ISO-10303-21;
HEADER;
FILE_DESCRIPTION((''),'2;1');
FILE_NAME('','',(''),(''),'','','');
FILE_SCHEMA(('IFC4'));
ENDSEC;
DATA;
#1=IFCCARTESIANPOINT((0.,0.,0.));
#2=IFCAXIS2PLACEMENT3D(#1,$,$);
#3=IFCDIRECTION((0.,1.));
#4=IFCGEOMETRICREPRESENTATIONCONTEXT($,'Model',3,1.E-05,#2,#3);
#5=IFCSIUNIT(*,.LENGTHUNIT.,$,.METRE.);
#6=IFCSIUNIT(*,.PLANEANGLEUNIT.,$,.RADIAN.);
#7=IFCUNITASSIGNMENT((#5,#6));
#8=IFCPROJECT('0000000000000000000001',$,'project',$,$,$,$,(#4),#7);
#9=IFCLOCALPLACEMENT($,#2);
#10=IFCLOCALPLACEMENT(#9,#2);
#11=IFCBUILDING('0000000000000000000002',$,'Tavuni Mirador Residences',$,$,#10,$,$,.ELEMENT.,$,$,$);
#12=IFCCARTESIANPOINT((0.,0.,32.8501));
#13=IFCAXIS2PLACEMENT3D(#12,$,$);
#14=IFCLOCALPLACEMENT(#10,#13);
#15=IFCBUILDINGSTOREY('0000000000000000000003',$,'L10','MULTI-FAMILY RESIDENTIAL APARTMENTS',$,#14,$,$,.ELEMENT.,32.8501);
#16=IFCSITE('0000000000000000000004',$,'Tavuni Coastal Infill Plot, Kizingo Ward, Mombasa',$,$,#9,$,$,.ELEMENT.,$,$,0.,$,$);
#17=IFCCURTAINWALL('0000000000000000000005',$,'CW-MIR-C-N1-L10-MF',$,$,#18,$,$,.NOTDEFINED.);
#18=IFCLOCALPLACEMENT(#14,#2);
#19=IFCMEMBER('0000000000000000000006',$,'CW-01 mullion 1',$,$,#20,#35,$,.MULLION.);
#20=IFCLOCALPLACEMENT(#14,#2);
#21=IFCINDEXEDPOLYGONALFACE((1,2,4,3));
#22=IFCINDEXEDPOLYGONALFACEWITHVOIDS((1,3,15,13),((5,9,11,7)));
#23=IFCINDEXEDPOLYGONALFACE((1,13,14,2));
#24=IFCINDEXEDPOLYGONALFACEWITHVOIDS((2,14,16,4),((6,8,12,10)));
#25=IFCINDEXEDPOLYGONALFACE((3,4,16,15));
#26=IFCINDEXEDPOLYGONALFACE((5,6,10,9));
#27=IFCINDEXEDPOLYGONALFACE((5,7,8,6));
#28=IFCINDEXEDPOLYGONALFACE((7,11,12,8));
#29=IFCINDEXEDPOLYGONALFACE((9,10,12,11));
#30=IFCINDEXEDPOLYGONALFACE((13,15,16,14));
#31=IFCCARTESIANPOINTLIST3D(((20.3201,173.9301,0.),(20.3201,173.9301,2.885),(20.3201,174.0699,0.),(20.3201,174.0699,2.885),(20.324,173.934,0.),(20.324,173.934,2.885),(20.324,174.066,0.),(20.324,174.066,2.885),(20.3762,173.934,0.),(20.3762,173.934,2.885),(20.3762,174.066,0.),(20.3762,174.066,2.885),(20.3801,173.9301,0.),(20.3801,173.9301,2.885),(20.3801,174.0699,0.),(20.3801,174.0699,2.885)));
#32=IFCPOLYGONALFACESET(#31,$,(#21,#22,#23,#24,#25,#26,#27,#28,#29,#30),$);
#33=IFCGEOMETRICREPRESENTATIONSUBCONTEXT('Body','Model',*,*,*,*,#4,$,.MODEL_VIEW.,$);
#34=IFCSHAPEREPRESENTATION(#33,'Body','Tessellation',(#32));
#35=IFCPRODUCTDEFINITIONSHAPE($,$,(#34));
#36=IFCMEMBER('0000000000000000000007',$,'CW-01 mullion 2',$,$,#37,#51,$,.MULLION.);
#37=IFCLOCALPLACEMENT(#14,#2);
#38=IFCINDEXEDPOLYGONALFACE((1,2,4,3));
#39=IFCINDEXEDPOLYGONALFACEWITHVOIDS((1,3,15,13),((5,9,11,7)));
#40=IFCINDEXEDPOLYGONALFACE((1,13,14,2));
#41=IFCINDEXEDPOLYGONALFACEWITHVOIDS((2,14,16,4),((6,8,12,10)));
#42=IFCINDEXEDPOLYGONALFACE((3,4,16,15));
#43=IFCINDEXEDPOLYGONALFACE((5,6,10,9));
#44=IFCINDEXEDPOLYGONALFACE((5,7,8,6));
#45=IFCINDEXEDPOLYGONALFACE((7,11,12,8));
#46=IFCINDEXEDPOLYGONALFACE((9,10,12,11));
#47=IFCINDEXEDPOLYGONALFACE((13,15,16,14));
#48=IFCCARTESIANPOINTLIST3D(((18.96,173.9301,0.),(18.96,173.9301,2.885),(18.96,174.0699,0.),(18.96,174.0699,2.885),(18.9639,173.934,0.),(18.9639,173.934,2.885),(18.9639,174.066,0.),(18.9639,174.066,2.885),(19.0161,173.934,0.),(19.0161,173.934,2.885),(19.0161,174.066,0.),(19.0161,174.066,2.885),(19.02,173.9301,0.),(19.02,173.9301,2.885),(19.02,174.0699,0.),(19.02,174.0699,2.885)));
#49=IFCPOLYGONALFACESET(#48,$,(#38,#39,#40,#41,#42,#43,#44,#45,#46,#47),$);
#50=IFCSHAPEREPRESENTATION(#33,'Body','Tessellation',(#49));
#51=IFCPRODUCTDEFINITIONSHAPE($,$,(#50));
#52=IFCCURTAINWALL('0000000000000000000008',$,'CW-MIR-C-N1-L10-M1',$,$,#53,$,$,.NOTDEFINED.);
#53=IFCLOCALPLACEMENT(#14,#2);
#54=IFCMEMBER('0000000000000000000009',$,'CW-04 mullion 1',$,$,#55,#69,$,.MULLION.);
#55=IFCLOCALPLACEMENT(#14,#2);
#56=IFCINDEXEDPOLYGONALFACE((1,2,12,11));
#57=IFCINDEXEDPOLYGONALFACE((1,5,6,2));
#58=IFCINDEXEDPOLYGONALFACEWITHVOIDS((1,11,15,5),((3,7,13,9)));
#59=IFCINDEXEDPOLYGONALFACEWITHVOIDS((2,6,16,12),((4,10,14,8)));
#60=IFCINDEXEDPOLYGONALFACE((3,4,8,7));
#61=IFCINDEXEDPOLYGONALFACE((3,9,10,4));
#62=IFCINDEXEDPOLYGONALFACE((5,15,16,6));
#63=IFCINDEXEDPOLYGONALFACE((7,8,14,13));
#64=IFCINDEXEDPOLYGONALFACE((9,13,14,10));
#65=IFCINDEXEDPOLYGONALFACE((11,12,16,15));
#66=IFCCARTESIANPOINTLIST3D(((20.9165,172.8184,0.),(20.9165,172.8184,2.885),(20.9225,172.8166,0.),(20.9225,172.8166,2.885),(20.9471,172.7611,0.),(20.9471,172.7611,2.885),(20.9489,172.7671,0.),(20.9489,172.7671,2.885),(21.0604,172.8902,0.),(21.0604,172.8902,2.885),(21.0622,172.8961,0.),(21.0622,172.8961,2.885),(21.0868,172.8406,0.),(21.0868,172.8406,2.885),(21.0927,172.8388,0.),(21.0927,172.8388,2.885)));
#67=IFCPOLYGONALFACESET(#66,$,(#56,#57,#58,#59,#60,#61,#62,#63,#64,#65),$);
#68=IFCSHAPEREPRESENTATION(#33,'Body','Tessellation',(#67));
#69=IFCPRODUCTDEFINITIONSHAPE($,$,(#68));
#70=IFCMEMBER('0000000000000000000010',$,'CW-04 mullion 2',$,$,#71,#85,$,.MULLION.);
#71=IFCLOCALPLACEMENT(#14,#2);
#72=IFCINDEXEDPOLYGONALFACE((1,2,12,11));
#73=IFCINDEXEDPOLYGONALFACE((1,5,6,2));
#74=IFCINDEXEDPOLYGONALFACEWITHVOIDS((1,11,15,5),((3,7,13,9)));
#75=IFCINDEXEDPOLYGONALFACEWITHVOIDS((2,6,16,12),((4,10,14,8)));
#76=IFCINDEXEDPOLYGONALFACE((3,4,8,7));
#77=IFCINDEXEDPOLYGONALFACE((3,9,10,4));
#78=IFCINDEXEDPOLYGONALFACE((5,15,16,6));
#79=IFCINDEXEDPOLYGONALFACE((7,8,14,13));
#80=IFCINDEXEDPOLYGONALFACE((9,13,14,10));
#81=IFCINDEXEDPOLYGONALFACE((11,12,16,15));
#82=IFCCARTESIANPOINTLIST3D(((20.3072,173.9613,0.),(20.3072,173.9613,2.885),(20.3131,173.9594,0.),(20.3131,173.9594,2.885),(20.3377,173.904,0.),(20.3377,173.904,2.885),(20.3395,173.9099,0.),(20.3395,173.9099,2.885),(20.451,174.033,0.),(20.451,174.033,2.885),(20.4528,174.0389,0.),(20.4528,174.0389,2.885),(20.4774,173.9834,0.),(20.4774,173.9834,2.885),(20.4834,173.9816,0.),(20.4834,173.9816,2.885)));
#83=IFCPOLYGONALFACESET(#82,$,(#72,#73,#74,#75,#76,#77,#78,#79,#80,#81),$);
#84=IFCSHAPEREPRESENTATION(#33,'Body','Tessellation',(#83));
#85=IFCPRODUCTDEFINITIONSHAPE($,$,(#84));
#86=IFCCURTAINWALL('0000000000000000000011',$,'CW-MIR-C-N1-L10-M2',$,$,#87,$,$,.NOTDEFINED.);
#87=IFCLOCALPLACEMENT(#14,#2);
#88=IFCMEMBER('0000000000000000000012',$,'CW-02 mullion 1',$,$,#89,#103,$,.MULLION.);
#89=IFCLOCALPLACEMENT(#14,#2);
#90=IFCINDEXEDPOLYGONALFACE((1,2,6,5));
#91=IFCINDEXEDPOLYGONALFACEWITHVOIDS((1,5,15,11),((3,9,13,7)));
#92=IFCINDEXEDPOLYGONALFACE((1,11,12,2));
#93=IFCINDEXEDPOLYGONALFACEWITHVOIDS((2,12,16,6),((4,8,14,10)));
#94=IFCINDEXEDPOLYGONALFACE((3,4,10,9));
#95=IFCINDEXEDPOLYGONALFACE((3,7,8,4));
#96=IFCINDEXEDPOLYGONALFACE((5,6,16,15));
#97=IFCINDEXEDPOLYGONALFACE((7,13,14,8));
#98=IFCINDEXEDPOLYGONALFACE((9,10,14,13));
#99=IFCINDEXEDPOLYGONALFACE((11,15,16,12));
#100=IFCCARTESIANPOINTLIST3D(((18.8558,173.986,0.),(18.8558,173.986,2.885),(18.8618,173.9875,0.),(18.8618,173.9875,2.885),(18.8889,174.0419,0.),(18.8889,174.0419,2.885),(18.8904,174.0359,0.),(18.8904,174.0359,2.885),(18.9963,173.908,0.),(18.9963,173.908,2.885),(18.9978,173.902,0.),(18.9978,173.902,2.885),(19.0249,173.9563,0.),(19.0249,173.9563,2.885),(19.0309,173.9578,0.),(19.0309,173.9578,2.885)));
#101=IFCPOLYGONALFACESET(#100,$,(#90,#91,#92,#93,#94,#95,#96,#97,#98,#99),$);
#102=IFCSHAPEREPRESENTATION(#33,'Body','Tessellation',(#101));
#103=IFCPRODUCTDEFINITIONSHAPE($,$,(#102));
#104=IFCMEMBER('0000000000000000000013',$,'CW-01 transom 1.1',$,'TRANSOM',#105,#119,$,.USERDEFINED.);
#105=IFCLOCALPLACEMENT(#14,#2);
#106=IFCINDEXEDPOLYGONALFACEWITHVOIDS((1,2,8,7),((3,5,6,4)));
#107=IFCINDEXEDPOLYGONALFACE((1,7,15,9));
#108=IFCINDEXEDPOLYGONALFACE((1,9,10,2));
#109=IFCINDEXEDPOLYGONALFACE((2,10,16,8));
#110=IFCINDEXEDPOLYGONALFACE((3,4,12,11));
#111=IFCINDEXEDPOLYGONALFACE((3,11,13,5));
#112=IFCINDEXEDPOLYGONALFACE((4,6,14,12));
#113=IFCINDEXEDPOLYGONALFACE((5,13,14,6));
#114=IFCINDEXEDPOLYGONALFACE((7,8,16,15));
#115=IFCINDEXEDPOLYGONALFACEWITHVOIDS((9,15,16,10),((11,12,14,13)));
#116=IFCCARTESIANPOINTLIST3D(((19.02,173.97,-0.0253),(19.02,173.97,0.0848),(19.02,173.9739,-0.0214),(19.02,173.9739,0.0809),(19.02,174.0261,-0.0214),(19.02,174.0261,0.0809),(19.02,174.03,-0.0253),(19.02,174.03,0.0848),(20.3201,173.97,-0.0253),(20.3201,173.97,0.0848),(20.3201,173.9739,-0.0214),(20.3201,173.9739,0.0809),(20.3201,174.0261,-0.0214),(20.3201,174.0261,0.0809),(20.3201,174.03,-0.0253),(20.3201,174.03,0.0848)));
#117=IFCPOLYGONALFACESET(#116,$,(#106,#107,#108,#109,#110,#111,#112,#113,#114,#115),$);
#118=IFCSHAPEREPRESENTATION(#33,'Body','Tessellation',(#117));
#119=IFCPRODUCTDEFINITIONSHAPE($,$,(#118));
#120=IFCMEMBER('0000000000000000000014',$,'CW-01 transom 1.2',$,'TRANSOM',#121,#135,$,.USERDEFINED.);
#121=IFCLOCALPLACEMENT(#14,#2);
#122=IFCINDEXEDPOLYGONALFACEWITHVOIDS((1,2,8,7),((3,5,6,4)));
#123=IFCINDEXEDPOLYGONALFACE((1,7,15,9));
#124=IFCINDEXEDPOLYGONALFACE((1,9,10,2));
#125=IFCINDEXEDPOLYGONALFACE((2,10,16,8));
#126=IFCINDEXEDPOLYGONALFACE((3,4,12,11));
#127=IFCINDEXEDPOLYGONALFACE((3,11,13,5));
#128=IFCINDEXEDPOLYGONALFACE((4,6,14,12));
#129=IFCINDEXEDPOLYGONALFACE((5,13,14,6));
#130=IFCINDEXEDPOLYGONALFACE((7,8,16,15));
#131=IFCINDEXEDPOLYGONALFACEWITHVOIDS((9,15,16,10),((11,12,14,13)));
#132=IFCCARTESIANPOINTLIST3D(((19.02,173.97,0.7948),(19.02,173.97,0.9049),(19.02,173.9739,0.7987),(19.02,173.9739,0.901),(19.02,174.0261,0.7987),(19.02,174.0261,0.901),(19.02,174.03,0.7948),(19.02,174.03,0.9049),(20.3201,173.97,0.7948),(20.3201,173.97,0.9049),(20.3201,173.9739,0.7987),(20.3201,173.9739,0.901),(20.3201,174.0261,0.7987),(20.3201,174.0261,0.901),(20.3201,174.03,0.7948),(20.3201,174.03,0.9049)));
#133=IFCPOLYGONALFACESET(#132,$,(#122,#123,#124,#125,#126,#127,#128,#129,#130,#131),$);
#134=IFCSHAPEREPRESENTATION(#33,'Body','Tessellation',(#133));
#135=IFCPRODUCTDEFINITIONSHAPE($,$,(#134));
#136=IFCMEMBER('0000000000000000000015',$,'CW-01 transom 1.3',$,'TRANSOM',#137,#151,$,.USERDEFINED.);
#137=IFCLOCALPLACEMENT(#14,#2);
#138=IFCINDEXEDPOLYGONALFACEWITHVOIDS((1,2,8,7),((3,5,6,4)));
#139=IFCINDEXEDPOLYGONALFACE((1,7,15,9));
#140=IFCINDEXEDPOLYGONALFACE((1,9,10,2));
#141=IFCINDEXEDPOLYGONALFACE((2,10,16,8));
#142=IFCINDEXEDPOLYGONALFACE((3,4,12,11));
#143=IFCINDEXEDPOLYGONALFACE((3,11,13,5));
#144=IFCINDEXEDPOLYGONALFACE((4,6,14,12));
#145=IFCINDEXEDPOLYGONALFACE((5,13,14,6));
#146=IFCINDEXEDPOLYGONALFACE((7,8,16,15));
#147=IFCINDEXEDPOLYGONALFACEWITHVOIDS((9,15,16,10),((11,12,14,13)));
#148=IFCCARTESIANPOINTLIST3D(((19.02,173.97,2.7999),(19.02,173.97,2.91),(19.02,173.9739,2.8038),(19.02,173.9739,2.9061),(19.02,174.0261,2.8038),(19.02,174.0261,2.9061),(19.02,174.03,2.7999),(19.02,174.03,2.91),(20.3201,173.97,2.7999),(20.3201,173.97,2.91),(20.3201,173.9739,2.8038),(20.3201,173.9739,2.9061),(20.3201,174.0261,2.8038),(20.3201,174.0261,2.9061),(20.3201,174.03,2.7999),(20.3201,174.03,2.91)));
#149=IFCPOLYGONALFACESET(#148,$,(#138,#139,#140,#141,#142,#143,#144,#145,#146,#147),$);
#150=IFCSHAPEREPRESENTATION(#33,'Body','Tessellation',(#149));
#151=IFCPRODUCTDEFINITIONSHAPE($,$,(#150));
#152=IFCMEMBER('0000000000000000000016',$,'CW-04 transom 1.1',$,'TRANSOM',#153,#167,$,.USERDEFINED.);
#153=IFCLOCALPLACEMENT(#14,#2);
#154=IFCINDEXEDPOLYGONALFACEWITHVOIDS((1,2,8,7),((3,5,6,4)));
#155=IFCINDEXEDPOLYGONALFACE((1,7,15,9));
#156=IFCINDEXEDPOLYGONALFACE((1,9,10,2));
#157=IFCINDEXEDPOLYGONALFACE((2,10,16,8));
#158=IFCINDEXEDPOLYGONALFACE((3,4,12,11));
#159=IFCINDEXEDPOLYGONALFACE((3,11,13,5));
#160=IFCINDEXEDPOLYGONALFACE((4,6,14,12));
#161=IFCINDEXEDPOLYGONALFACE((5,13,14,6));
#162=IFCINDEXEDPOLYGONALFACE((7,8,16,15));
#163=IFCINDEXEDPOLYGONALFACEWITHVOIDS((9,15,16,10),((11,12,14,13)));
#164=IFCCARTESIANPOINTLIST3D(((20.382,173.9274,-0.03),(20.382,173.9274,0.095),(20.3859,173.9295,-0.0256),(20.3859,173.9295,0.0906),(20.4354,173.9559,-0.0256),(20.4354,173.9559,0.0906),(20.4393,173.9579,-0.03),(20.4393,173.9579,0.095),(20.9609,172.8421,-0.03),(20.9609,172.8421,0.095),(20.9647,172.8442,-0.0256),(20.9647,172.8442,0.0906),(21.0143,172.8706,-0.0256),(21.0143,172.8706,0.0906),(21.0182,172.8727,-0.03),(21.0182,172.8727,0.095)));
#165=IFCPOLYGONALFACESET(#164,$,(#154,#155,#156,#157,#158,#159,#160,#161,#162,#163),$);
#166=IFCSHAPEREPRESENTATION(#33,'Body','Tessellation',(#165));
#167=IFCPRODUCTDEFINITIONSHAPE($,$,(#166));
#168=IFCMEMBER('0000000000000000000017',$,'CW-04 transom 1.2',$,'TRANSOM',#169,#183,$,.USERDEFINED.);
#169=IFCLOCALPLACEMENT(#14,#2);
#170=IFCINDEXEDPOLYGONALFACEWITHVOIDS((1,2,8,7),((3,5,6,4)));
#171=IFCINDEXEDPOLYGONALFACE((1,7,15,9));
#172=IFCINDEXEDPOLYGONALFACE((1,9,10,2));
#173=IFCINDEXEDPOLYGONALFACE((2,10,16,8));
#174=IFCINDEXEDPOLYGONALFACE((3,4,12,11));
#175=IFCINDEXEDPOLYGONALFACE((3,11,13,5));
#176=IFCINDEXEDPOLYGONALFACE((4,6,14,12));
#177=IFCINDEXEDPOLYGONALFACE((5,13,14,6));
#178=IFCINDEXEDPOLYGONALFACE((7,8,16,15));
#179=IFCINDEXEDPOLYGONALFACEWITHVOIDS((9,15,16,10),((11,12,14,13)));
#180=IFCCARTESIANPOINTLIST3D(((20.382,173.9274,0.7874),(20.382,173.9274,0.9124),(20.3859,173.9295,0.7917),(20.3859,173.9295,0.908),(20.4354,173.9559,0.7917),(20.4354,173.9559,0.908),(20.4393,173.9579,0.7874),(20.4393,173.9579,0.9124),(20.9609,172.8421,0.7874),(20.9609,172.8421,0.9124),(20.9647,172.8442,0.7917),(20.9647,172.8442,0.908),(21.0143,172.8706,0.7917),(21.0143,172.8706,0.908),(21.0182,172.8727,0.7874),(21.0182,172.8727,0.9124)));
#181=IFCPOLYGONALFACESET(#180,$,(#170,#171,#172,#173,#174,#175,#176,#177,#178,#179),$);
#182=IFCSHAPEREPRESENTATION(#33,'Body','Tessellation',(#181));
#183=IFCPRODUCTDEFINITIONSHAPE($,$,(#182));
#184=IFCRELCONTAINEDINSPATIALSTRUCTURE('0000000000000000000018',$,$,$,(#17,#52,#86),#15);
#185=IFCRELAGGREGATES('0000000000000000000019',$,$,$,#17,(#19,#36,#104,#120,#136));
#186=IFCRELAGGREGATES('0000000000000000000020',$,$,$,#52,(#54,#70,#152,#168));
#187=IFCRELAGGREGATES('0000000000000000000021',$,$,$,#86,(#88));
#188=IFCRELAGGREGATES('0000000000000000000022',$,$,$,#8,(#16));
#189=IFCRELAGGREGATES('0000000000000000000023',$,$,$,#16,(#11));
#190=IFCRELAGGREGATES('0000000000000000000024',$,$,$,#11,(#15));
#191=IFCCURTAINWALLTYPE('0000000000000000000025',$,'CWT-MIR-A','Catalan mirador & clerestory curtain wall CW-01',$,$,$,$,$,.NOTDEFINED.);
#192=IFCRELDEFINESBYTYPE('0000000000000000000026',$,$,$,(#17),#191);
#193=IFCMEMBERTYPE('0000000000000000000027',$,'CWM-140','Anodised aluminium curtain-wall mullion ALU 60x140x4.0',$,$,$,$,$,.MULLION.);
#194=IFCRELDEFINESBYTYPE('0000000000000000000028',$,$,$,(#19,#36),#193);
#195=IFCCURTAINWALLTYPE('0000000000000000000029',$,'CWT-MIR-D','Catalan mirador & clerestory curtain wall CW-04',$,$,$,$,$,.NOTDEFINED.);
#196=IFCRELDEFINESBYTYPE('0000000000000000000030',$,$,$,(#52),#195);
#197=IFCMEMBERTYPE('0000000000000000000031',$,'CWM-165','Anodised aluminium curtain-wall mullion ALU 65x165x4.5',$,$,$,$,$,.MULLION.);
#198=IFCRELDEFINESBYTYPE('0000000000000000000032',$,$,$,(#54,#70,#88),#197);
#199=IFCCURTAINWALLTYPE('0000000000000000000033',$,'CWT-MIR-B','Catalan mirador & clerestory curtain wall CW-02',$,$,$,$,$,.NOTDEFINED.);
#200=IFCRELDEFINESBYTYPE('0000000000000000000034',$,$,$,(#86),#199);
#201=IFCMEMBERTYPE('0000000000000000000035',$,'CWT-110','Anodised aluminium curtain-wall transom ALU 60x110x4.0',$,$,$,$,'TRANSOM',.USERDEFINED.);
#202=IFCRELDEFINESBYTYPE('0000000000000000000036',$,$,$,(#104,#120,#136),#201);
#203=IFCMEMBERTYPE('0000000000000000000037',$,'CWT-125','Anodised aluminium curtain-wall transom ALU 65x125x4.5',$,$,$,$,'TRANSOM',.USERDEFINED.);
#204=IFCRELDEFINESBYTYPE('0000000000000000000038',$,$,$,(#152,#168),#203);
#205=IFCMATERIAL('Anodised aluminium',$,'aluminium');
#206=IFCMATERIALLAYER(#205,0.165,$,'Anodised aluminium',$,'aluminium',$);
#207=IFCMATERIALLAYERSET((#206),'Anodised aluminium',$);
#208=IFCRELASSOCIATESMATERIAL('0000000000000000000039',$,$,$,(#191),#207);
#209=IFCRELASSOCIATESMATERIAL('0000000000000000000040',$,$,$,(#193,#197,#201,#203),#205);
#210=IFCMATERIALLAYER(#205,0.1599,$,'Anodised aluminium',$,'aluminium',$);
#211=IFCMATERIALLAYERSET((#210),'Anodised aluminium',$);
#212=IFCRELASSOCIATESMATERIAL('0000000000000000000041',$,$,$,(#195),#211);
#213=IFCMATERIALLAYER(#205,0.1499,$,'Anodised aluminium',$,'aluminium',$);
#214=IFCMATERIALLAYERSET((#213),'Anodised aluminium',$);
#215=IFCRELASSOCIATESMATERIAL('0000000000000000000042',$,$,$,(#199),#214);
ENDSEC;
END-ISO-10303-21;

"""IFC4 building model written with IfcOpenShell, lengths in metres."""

from ifc_helpers import new_model, si_unit, direction, frame, origin, origin_2d, place, context, subcontext, project, spatial, hollow_rectangle, extrude, material, layer, layer_set, material_profile, profile_set, type_object, element, aggregate, save


model = new_model("IFC4")

# Units and contexts
model_context = context("Model", 3, precision=1e-05, world=origin(), true_north=direction((0.0, 1.0)))
body_context = subcontext(model_context, "Body", "Model", "MODEL_VIEW")
ifc_project = project(units=[si_unit("LENGTHUNIT", "METRE"), si_unit("PLANEANGLEUNIT", "RADIAN")], contexts=[model_context])

# Site, building, storey
site_placement = place(None, origin())
site = spatial("IfcSite", under=ifc_project, at=site_placement, Name="Tavuni Coastal Infill Plot, Kizingo Ward, Mombasa", CompositionType="ELEMENT", RefElevation=0.0)
building_placement = place(site_placement, origin())
building = spatial("IfcBuilding", under=site, at=building_placement, Name="Tavuni Mirador Residences", CompositionType="ELEMENT")
storey_placement = place(building_placement, frame((0.0, 0.0, 32.8501)))
storey = spatial("IfcBuildingStorey", under=building, at=storey_placement, Name="L10", Description="MULTI-FAMILY RESIDENTIAL APARTMENTS", CompositionType="ELEMENT", Elevation=32.8501)

# Curtain walls, members
ifc_material_1 = material(Name="Anodised aluminium", Category="aluminium")
ifc_layer_1 = layer(ifc_material_1, 0.165, Name="Anodised aluminium", Category="aluminium")
ifc_layer_set_1 = layer_set([ifc_layer_1], Name="Anodised aluminium")
curtain_wall_type_1 = type_object("IfcCurtainWallType", Name="CWT-MIR-A", Description="Catalan mirador & clerestory curtain wall CW-01", PredefinedType="NOTDEFINED", material=ifc_layer_set_1)
curtain_wall_1_placement = place(storey_placement, origin())
curtain_wall_1 = element("IfcCurtainWall", 1, at=curtain_wall_1_placement, inside=storey, type_object=curtain_wall_type_1, Name="CW-MIR-C-N1-L10-MF", PredefinedType="NOTDEFINED")
ifc_material_profile_1 = material_profile(ifc_material_1, hollow_rectangle(XDim=0.0601, YDim=0.1399, WallThickness=0.0039, at=origin_2d()), Name="ALU 60x140x4.0", Category="aluminium")
ifc_profile_set_1 = profile_set([ifc_material_profile_1], Name="Anodised aluminium")
member_type_1 = type_object("IfcMemberType", Name="CWM-140", Description="Anodised aluminium curtain-wall mullion ALU 60x140x4.0", PredefinedType="MULLION", material=ifc_profile_set_1)
member_1_placement = place(storey_placement, frame((20.3501, 174.0, 0.0), z_axis=(0.0, 0.0, 1.0), x_axis=(-1.0, 0.0, 0.0)))
member_1 = element("IfcMember", 2, at=member_1_placement, type_object=member_type_1, Name="CW-01 mullion 1", PredefinedType="MULLION", context=body_context, shape_type="SweptSolid", body=[
    extrude(hollow_rectangle(XDim=0.0601, YDim=0.1399, WallThickness=0.0039, at=origin_2d()), origin(), (0.0, 0.0, 1.0), 2.885),
])
member_2_placement = place(storey_placement, frame((18.99, 174.0, 0.0), z_axis=(0.0, 0.0, 1.0), x_axis=(-1.0, 0.0, 0.0)))
member_2 = element("IfcMember", 3, at=member_2_placement, type_object=member_type_1, Name="CW-01 mullion 2", PredefinedType="MULLION", context=body_context, shape_type="SweptSolid", body=[
    extrude(hollow_rectangle(XDim=0.0601, YDim=0.1399, WallThickness=0.0039, at=origin_2d()), origin(), (0.0, 0.0, 1.0), 2.885),
])
ifc_layer_2 = layer(ifc_material_1, 0.1599, Name="Anodised aluminium", Category="aluminium")
ifc_layer_set_2 = layer_set([ifc_layer_2], Name="Anodised aluminium")
curtain_wall_type_2 = type_object("IfcCurtainWallType", Name="CWT-MIR-D", Description="Catalan mirador & clerestory curtain wall CW-04", PredefinedType="NOTDEFINED", material=ifc_layer_set_2)
curtain_wall_2_placement = place(storey_placement, origin())
curtain_wall_2 = element("IfcCurtainWall", 4, at=curtain_wall_2_placement, inside=storey, type_object=curtain_wall_type_2, Name="CW-MIR-C-N1-L10-M1", PredefinedType="NOTDEFINED")
ifc_material_profile_2 = material_profile(ifc_material_1, hollow_rectangle(XDim=0.0649, YDim=0.165, WallThickness=0.0044, at=origin_2d()), Name="ALU 65x165x4.5", Category="aluminium")
ifc_profile_set_2 = profile_set([ifc_material_profile_2], Name="Anodised aluminium")
member_type_2 = type_object("IfcMemberType", Name="CWM-165", Description="Anodised aluminium curtain-wall mullion ALU 65x165x4.5", PredefinedType="MULLION", material=ifc_profile_set_2)
member_3_placement = place(storey_placement, frame((21.0046, 172.8286, 0.0), z_axis=(0.0, 0.0, 1.0), x_axis=(-0.470588, 0.882353, 0.0)))
member_3 = element("IfcMember", 5, at=member_3_placement, type_object=member_type_2, Name="CW-04 mullion 1", PredefinedType="MULLION", context=body_context, shape_type="SweptSolid", body=[
    extrude(hollow_rectangle(XDim=0.0649, YDim=0.165, WallThickness=0.0044, at=origin_2d()), origin(), (0.0, 0.0, 1.0), 2.885),
])
member_4_placement = place(storey_placement, frame((20.3953, 173.9714, 0.0), z_axis=(0.0, 0.0, 1.0), x_axis=(-0.470588, 0.882353, 0.0)))
member_4 = element("IfcMember", 6, at=member_4_placement, type_object=member_type_2, Name="CW-04 mullion 2", PredefinedType="MULLION", context=body_context, shape_type="SweptSolid", body=[
    extrude(hollow_rectangle(XDim=0.0649, YDim=0.165, WallThickness=0.0044, at=origin_2d()), origin(), (0.0, 0.0, 1.0), 2.885),
])

# Curtain wall, member
ifc_layer_3 = layer(ifc_material_1, 0.1499, Name="Anodised aluminium", Category="aluminium")
ifc_layer_set_3 = layer_set([ifc_layer_3], Name="Anodised aluminium")
curtain_wall_type_3 = type_object("IfcCurtainWallType", Name="CWT-MIR-B", Description="Catalan mirador & clerestory curtain wall CW-02", PredefinedType="NOTDEFINED", material=ifc_layer_set_3)
curtain_wall_3_placement = place(storey_placement, origin())
curtain_wall_3 = element("IfcCurtainWall", 7, at=curtain_wall_3_placement, inside=storey, type_object=curtain_wall_type_3, Name="CW-MIR-C-N1-L10-M2", PredefinedType="NOTDEFINED")
member_5_placement = place(storey_placement, frame((18.9434, 173.9719, 0.0), z_axis=(0.0, 0.0, 1.0), x_axis=(-0.509212, -0.860641, 0.0)))
member_5 = element("IfcMember", 8, at=member_5_placement, type_object=member_type_2, Name="CW-02 mullion 1", PredefinedType="MULLION", context=body_context, shape_type="SweptSolid", body=[
    extrude(hollow_rectangle(XDim=0.0649, YDim=0.165, WallThickness=0.0044, at=origin_2d()), origin(), (0.0, 0.0, 1.0), 2.885),
])

# Members
ifc_material_profile_3 = material_profile(ifc_material_1, hollow_rectangle(XDim=0.0601, YDim=0.1101, WallThickness=0.0039, at=origin_2d()), Name="ALU 60x110x4.0", Category="aluminium")
ifc_profile_set_3 = profile_set([ifc_material_profile_3], Name="Anodised aluminium")
member_type_3 = type_object("IfcMemberType", Name="CWT-110", Description="Anodised aluminium curtain-wall transom ALU 60x110x4.0", ElementType="TRANSOM", PredefinedType="USERDEFINED", material=ifc_profile_set_3)
member_6_placement = place(storey_placement, frame((20.3201, 174.0, 0.0298), z_axis=(-1.0, 0.0, 0.0), x_axis=(0.0, -1.0, 0.0)))
member_6 = element("IfcMember", 9, at=member_6_placement, type_object=member_type_3, Name="CW-01 transom 1.1", ObjectType="TRANSOM", PredefinedType="USERDEFINED", context=body_context, shape_type="SweptSolid", body=[
    extrude(hollow_rectangle(XDim=0.0601, YDim=0.1101, WallThickness=0.0039, at=origin_2d()), origin(), (0.0, 0.0, 1.0), 1.3),
])
member_7_placement = place(storey_placement, frame((20.3201, 174.0, 0.8499), z_axis=(-1.0, 0.0, 0.0), x_axis=(0.0, -1.0, 0.0)))
member_7 = element("IfcMember", 10, at=member_7_placement, type_object=member_type_3, Name="CW-01 transom 1.2", ObjectType="TRANSOM", PredefinedType="USERDEFINED", context=body_context, shape_type="SweptSolid", body=[
    extrude(hollow_rectangle(XDim=0.0601, YDim=0.1101, WallThickness=0.0039, at=origin_2d()), origin(), (0.0, 0.0, 1.0), 1.3),
])
member_8_placement = place(storey_placement, frame((20.3201, 174.0, 2.855), z_axis=(-1.0, 0.0, 0.0), x_axis=(0.0, -1.0, 0.0)))
member_8 = element("IfcMember", 11, at=member_8_placement, type_object=member_type_3, Name="CW-01 transom 1.3", ObjectType="TRANSOM", PredefinedType="USERDEFINED", context=body_context, shape_type="SweptSolid", body=[
    extrude(hollow_rectangle(XDim=0.0601, YDim=0.1101, WallThickness=0.0039, at=origin_2d()), origin(), (0.0, 0.0, 1.0), 1.3),
])
ifc_material_profile_4 = material_profile(ifc_material_1, hollow_rectangle(XDim=0.0649, YDim=0.125, WallThickness=0.0044, at=origin_2d()), Name="ALU 65x125x4.5", Category="aluminium")
ifc_profile_set_4 = profile_set([ifc_material_profile_4], Name="Anodised aluminium")
member_type_4 = type_object("IfcMemberType", Name="CWT-125", Description="Anodised aluminium curtain-wall transom ALU 65x125x4.5", ElementType="TRANSOM", PredefinedType="USERDEFINED", material=ifc_profile_set_4)
member_9_placement = place(storey_placement, frame((20.9895, 172.8574, 0.0325), z_axis=(-0.47064, 0.882325, 0.0), x_axis=(-0.882325, -0.47064, 0.0)))
member_9 = element("IfcMember", 12, at=member_9_placement, type_object=member_type_4, Name="CW-04 transom 1.1", ObjectType="TRANSOM", PredefinedType="USERDEFINED", context=body_context, shape_type="SweptSolid", body=[
    extrude(hollow_rectangle(XDim=0.0649, YDim=0.125, WallThickness=0.0044, at=origin_2d()), origin(), (0.0, 0.0, 1.0), 1.23),
])
member_10_placement = place(storey_placement, frame((20.9895, 172.8574, 0.8499), z_axis=(-0.47064, 0.882325, 0.0), x_axis=(-0.882325, -0.47064, 0.0)))
member_10 = element("IfcMember", 13, at=member_10_placement, type_object=member_type_4, Name="CW-04 transom 1.2", ObjectType="TRANSOM", PredefinedType="USERDEFINED", context=body_context, shape_type="SweptSolid", body=[
    extrude(hollow_rectangle(XDim=0.0649, YDim=0.125, WallThickness=0.0044, at=origin_2d()), origin(), (0.0, 0.0, 1.0), 1.23),
])

aggregate(curtain_wall_1, [member_1, member_2, member_6, member_7, member_8])
aggregate(curtain_wall_2, [member_3, member_4, member_9, member_10])
aggregate(curtain_wall_3, [member_5])

save(model, "model.ifc")
